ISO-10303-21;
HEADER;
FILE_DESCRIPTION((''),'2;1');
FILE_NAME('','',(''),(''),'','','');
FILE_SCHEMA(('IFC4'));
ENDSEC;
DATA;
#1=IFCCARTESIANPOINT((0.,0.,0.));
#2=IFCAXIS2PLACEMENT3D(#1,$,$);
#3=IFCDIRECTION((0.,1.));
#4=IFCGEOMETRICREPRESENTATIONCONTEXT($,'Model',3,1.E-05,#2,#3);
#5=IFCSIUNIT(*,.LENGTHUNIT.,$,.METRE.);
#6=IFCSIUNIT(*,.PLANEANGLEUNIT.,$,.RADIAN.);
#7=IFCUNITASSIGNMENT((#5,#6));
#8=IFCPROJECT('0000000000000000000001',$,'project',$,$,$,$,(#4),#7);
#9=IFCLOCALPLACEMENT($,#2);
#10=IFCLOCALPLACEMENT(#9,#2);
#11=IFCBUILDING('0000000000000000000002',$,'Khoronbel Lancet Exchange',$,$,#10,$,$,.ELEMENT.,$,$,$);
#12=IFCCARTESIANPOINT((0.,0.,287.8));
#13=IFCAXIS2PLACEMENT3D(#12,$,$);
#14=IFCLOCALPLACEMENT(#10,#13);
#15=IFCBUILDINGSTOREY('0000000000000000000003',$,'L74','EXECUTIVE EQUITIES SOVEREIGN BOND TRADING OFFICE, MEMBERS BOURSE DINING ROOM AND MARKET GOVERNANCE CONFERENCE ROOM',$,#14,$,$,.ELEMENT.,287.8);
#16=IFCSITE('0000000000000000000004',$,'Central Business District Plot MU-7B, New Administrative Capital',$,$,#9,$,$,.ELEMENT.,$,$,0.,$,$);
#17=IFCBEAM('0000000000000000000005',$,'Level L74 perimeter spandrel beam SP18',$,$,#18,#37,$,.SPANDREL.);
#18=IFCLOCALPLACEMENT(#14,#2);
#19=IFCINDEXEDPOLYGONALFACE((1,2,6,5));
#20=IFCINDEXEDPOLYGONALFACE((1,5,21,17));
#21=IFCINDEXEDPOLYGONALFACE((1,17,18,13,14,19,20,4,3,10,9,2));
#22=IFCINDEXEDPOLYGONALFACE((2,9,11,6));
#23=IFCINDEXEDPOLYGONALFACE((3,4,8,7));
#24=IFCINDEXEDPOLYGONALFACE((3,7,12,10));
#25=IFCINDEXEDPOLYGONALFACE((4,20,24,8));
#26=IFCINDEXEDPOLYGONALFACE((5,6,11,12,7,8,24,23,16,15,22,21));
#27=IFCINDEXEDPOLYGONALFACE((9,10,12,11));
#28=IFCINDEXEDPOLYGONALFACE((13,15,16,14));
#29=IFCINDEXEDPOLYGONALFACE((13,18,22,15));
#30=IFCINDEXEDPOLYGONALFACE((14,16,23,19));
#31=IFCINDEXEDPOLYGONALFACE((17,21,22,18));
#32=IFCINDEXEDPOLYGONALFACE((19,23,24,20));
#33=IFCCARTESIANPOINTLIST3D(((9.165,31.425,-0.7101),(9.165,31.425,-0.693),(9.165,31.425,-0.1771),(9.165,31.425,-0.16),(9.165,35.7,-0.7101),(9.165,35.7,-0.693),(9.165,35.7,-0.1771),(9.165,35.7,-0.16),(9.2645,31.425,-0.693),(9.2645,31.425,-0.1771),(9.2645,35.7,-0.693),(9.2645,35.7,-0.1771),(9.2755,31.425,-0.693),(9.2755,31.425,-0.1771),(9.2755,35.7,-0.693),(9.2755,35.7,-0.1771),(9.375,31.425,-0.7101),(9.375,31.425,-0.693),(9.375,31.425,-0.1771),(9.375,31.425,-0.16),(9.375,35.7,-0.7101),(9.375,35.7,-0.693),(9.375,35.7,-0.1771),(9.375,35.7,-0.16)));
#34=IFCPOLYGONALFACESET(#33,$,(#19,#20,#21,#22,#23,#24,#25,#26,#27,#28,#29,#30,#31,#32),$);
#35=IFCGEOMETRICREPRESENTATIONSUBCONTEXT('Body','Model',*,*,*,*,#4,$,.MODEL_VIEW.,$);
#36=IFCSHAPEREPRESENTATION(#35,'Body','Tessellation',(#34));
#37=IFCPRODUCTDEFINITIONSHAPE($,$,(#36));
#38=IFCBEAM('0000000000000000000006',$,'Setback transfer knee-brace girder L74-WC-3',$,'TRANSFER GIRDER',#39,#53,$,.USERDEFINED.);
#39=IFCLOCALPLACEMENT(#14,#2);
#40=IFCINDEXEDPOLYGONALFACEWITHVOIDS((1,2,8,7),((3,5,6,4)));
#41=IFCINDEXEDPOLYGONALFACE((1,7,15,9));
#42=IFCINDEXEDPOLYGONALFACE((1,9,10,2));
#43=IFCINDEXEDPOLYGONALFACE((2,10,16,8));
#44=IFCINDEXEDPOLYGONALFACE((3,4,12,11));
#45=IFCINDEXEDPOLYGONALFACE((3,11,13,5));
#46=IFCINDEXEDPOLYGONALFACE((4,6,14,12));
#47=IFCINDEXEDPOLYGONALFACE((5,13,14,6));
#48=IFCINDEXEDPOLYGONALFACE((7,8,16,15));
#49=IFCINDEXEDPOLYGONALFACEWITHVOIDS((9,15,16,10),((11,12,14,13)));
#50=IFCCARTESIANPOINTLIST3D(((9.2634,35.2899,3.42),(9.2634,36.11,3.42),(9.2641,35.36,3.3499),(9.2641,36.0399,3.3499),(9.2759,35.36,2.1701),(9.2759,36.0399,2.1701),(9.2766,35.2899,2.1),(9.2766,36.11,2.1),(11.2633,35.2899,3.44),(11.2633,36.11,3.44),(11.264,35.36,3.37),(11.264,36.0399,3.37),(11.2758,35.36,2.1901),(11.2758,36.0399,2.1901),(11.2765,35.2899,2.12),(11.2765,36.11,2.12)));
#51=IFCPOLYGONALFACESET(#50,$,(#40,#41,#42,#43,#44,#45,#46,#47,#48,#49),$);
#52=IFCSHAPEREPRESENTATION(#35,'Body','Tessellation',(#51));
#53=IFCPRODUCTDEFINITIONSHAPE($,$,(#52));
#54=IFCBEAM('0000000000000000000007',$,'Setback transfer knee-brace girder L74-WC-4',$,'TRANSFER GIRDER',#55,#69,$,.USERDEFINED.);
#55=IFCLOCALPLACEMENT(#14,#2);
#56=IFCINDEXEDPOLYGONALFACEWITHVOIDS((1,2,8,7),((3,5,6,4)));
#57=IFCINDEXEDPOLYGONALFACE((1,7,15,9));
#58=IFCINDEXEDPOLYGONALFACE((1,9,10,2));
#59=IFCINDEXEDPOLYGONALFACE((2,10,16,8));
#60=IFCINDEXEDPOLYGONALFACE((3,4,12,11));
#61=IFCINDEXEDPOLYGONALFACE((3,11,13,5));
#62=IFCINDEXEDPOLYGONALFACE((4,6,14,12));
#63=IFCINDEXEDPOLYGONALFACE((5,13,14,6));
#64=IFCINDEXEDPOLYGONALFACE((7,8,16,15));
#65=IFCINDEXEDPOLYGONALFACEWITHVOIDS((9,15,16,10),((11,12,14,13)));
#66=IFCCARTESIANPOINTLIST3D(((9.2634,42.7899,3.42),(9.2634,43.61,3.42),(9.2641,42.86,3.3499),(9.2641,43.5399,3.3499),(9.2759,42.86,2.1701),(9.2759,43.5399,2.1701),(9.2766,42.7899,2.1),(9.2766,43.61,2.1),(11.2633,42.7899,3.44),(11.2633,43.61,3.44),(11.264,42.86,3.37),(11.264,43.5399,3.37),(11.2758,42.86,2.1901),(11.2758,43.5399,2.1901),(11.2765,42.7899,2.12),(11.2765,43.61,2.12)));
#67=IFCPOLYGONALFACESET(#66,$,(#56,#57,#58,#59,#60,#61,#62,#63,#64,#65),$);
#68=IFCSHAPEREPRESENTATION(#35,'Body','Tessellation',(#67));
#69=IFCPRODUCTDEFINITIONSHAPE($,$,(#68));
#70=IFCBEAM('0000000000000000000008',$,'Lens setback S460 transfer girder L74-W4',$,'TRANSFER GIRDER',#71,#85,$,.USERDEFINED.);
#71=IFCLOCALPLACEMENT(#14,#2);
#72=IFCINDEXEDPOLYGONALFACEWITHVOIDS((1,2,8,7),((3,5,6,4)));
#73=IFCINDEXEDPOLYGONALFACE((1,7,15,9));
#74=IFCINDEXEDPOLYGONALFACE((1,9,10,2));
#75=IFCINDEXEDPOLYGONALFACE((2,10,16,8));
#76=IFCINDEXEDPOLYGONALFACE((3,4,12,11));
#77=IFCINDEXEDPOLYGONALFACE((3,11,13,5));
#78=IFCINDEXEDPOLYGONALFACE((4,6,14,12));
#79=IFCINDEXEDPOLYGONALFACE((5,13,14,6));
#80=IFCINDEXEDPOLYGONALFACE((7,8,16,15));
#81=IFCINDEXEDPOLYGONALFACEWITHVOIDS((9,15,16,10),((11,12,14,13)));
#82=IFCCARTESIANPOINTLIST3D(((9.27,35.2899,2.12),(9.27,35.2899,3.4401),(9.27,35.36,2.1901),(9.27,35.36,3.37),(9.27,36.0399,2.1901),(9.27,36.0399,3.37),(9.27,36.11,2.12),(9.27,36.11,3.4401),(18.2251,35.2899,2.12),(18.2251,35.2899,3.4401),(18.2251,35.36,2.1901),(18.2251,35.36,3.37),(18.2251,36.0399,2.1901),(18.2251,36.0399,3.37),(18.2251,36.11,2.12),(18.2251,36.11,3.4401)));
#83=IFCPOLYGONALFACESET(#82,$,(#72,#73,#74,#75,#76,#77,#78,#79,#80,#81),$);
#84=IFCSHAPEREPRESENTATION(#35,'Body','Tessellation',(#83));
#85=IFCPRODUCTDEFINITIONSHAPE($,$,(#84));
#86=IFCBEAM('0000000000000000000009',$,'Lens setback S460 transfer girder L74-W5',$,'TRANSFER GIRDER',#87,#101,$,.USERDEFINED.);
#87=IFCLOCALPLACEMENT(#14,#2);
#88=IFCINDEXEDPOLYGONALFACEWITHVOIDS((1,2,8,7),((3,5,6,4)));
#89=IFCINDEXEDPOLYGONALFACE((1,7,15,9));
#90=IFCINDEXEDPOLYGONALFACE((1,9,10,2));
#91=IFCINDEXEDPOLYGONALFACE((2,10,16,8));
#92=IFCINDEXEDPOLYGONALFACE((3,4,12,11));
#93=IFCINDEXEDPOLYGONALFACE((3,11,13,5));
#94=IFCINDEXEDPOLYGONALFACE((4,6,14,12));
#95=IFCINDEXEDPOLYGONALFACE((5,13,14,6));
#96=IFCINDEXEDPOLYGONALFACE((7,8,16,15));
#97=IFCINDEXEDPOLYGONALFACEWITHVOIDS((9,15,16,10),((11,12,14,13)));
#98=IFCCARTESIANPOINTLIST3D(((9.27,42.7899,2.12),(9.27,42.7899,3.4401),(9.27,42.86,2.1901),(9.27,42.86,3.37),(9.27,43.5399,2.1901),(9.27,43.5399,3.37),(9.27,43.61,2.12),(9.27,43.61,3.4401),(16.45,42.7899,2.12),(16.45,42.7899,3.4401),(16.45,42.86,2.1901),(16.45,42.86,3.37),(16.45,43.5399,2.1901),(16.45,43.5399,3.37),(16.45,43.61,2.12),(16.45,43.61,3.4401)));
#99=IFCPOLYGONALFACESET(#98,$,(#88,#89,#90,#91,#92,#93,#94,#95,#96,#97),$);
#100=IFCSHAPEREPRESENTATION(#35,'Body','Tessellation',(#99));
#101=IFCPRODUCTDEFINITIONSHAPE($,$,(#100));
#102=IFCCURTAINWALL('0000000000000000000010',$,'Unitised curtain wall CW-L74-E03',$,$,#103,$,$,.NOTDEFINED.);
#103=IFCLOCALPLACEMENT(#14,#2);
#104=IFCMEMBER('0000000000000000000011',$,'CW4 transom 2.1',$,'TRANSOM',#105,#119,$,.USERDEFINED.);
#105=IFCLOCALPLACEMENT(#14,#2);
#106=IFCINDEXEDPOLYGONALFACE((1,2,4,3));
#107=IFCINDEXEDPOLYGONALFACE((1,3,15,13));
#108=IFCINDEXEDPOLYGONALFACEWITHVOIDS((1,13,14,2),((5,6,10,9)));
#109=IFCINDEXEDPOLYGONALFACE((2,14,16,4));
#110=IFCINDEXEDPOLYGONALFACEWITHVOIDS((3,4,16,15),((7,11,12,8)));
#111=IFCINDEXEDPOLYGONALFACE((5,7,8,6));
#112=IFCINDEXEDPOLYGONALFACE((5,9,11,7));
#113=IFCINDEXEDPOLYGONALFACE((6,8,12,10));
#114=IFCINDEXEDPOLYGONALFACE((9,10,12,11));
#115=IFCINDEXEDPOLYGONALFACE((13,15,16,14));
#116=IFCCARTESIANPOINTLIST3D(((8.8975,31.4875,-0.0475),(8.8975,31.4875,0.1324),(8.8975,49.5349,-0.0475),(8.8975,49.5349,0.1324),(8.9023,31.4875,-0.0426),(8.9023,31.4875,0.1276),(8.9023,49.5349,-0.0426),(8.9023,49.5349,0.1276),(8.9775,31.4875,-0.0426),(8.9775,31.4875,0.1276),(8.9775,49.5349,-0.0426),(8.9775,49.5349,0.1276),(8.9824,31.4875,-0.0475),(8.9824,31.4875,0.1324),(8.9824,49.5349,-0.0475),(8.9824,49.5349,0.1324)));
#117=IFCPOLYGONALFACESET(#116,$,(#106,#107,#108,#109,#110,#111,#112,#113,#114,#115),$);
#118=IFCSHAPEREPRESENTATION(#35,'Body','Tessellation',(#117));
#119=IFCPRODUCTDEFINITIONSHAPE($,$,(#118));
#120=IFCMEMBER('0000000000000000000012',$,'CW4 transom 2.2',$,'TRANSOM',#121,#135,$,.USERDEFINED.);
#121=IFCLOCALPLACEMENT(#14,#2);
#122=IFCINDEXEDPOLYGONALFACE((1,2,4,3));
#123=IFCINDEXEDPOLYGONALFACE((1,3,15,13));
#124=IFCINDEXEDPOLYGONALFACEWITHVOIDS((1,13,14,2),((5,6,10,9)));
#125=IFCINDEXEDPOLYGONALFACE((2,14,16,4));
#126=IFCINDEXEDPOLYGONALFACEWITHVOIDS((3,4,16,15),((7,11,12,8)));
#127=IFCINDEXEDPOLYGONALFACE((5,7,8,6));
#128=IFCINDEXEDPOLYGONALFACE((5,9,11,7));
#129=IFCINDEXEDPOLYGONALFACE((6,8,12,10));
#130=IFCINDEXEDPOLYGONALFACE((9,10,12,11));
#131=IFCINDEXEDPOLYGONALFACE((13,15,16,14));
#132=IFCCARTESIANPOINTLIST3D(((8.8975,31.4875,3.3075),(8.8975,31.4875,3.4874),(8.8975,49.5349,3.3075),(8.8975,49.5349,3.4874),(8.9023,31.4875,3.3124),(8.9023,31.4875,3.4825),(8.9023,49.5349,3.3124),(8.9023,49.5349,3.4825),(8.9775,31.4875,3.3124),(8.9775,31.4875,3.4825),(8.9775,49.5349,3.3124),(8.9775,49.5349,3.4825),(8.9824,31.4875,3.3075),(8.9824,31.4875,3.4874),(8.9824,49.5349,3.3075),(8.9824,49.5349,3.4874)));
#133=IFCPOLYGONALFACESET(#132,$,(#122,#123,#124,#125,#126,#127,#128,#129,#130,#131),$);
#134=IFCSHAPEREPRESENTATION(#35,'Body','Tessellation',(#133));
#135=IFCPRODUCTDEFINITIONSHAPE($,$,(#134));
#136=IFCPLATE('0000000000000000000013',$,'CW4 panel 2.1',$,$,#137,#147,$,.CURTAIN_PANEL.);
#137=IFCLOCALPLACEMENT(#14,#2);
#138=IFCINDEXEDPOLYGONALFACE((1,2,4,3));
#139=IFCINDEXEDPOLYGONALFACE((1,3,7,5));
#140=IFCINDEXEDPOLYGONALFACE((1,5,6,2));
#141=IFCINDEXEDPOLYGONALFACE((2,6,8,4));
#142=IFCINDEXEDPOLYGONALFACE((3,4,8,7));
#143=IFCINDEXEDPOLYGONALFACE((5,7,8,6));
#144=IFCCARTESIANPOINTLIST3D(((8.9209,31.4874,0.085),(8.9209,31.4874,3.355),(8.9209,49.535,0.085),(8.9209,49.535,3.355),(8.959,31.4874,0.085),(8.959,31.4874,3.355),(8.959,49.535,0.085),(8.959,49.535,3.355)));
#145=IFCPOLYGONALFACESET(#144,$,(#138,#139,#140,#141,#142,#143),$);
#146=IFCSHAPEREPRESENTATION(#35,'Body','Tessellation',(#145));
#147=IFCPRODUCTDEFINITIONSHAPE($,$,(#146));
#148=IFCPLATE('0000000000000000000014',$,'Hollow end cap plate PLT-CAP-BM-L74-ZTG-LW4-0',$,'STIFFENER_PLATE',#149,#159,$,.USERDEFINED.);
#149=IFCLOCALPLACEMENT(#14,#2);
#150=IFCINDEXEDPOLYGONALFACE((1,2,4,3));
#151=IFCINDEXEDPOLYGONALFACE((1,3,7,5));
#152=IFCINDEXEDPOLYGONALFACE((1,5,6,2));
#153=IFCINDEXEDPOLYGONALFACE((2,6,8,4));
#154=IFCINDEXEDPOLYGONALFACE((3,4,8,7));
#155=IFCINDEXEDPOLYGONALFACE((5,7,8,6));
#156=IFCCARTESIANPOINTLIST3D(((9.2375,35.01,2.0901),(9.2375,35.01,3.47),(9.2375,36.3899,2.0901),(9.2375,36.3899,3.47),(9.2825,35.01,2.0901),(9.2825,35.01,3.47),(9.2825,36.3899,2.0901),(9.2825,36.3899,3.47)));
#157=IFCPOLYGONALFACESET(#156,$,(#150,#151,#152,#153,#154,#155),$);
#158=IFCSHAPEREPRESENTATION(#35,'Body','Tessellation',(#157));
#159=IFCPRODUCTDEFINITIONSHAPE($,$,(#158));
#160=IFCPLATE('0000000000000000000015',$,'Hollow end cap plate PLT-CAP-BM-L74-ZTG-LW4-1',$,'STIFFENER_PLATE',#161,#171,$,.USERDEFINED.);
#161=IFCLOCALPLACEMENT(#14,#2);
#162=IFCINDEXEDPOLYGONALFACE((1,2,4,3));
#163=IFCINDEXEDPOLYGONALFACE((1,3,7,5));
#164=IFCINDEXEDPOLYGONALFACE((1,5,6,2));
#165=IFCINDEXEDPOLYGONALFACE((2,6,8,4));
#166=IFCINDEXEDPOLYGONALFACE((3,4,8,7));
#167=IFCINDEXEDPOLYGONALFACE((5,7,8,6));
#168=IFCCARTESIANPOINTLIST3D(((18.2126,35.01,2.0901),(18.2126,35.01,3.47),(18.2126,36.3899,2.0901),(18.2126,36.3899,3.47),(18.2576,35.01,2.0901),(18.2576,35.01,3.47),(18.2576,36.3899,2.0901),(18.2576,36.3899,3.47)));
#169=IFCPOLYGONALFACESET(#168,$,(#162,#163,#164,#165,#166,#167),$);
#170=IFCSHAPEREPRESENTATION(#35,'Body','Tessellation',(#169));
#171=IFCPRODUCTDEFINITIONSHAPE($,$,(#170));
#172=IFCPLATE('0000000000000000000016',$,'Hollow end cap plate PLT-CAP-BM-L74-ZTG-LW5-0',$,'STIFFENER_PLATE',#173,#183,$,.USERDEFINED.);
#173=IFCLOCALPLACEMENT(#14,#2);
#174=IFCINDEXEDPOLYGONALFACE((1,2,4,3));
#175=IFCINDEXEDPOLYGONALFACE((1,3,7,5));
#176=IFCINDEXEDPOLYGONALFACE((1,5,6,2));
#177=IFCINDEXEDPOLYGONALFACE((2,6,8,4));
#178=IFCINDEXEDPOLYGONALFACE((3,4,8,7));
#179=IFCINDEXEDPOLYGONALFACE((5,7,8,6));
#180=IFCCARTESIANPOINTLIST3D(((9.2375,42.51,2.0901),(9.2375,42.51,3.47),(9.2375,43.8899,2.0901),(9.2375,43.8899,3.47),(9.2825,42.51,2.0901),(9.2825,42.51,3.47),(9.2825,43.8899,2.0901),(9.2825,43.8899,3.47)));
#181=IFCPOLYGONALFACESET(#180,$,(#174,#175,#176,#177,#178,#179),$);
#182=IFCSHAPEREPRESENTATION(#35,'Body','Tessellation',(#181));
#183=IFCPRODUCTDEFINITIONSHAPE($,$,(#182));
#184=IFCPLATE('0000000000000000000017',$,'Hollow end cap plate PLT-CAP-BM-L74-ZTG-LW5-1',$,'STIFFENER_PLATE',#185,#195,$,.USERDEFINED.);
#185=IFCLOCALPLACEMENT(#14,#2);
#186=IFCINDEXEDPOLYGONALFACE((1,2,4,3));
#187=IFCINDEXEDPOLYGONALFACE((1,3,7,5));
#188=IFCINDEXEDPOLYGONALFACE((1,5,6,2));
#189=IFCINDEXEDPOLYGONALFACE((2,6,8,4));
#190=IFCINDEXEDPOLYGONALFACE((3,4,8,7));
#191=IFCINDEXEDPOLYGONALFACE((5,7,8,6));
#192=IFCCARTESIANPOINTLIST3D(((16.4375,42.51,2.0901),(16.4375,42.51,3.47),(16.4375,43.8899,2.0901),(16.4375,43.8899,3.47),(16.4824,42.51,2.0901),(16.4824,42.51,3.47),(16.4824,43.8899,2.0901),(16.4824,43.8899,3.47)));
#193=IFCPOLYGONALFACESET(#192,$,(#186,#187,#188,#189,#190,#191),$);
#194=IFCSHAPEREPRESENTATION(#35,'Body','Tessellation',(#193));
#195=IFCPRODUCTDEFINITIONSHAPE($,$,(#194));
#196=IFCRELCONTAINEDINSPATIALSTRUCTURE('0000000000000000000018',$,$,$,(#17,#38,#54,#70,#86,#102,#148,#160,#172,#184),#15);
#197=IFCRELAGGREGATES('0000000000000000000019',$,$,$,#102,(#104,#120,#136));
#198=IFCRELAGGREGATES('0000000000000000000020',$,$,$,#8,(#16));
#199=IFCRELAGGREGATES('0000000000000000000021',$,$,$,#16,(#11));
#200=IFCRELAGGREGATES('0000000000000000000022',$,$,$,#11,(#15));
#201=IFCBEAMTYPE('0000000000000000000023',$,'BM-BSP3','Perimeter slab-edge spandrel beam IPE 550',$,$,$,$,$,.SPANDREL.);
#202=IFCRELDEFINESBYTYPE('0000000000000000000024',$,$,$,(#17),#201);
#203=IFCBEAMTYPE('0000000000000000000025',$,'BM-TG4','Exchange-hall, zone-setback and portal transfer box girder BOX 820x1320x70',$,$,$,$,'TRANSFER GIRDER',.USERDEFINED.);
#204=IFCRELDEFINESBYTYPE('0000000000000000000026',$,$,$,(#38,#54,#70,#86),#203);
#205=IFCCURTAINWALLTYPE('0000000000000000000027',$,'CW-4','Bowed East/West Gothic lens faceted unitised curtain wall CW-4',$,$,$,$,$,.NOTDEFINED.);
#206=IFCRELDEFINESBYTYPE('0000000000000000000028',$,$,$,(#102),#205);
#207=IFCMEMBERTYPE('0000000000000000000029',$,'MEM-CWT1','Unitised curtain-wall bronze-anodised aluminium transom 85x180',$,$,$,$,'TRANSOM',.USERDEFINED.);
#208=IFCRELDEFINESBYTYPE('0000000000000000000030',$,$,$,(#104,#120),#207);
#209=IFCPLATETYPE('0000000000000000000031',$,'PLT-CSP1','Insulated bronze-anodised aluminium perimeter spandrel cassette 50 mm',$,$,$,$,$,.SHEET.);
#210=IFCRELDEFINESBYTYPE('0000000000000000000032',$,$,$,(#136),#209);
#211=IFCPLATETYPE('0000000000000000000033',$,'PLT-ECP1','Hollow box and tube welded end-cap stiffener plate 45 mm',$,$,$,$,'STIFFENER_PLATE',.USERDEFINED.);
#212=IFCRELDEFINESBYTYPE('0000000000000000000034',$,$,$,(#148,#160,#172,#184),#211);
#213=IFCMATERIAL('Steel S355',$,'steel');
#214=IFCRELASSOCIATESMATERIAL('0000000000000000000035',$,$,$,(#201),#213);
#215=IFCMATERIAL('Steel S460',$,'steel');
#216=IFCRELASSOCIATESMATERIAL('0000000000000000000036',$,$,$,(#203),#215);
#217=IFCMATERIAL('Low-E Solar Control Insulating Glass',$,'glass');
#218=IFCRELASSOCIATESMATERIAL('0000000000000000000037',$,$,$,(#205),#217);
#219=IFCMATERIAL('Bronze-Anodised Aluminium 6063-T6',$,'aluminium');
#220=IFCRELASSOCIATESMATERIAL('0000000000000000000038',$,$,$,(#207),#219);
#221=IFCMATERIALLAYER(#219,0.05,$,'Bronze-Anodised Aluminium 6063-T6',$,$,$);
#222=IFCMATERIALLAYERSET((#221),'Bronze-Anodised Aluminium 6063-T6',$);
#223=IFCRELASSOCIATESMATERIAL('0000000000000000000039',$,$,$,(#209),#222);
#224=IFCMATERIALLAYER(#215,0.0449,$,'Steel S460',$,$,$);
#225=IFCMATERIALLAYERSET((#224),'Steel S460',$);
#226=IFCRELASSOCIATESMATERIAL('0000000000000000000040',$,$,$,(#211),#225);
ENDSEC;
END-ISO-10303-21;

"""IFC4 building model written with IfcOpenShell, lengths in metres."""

from ifc_helpers import new_model, si_unit, direction, frame, origin, origin_2d, place, context, subcontext, project, spatial, rectangle, hollow_rectangle, i_section, extrude, material, layer, layer_set, material_profile, profile_set, type_object, element, aggregate, save


model = new_model("IFC4")

# Units and contexts
model_context = context("Model", 3, precision=1e-05, world=origin(), true_north=direction((0.0, 1.0)))
body_context = subcontext(model_context, "Body", "Model", "MODEL_VIEW")
ifc_project = project(units=[si_unit("LENGTHUNIT", "METRE"), si_unit("PLANEANGLEUNIT", "RADIAN")], contexts=[model_context])

# Site, building, storey
site_placement = place(None, origin())
site = spatial("IfcSite", under=ifc_project, at=site_placement, Name="Central Business District Plot MU-7B, New Administrative Capital", CompositionType="ELEMENT", RefElevation=0.0)
building_placement = place(site_placement, origin())
building = spatial("IfcBuilding", under=site, at=building_placement, Name="Khoronbel Lancet Exchange", CompositionType="ELEMENT")
storey_placement = place(building_placement, frame((0.0, 0.0, 287.8)))
storey = spatial("IfcBuildingStorey", under=building, at=storey_placement, Name="L74", Description="EXECUTIVE EQUITIES SOVEREIGN BOND TRADING OFFICE, MEMBERS BOURSE DINING ROOM AND MARKET GOVERNANCE CONFERENCE ROOM", CompositionType="ELEMENT", Elevation=287.8)

# Shared definitions
ifc_material_1 = material(Name="Steel S355", Category="steel")

# Beams
ifc_material_profile_1 = material_profile(ifc_material_1, i_section(OverallWidth=0.21, OverallDepth=0.55, WebThickness=0.011, FlangeThickness=0.0171, at=origin_2d()), Name="IPE 550")
ifc_profile_set_1 = profile_set([ifc_material_profile_1], Name="Steel S355")
beam_type_1 = type_object("IfcBeamType", Name="BM-BSP3", Description="Perimeter slab-edge spandrel beam IPE 550", PredefinedType="SPANDREL", material=ifc_profile_set_1)
beam_1_placement = place(storey_placement, frame((9.27, 35.7, -0.4351), z_axis=(0.0, -1.0, 0.0), x_axis=(1.0, 0.0, 0.0)))
element("IfcBeam", 1, at=beam_1_placement, inside=storey, type_object=beam_type_1, Name="Level L74 perimeter spandrel beam SP18", PredefinedType="SPANDREL", context=body_context, shape_type="SweptSolid", body=[
    extrude(i_section(OverallWidth=0.21, OverallDepth=0.55, WebThickness=0.011, FlangeThickness=0.0171, at=origin_2d()), origin(), (0.0, 0.0, 1.0), 4.2749),
])
ifc_material_2 = material(Name="Steel S460", Category="steel")
ifc_material_profile_2 = material_profile(ifc_material_2, hollow_rectangle(XDim=0.8201, YDim=1.3201, WallThickness=0.0701, at=origin_2d()), Name="BOX 820x1320x70")
ifc_profile_set_2 = profile_set([ifc_material_profile_2], Name="Steel S460")
beam_type_2 = type_object("IfcBeamType", Name="BM-TG4", Description="Exchange-hall, zone-setback and portal transfer box girder BOX 820x1320x70", ElementType="TRANSFER GIRDER", PredefinedType="USERDEFINED", material=ifc_profile_set_2)
for number, where, z_axis, x_axis, name in (
    (2, (9.27, 35.7, 2.76), (0.99995, 0.0, 0.010009), (0.0, 1.0, 0.0), "Setback transfer knee-brace girder L74-WC-3"),
    (3, (9.27, 43.2, 2.76), (0.99995, 0.0, 0.010009), (0.0, 1.0, 0.0), "Setback transfer knee-brace girder L74-WC-4"),
):
    element("IfcBeam", number, at=place(storey_placement, frame(where, z_axis=z_axis, x_axis=x_axis)), inside=storey, type_object=beam_type_2, Name=name, ObjectType="TRANSFER GIRDER", PredefinedType="USERDEFINED", context=body_context, shape_type="SweptSolid", body=[
        extrude(hollow_rectangle(XDim=0.8201, YDim=1.3201, WallThickness=0.0701, at=origin_2d()), origin(), (0.0, 0.0, 1.0), 2.0),
    ])
beam_2_placement = place(storey_placement, frame((9.27, 35.7, 2.78), z_axis=(1.0, 0.0, 0.0), x_axis=(0.0, 1.0, 0.0)))
element("IfcBeam", 4, at=beam_2_placement, inside=storey, type_object=beam_type_2, Name="Lens setback S460 transfer girder L74-W4", ObjectType="TRANSFER GIRDER", PredefinedType="USERDEFINED", context=body_context, shape_type="SweptSolid", body=[
    extrude(hollow_rectangle(XDim=0.8201, YDim=1.3201, WallThickness=0.0701, at=origin_2d()), origin(), (0.0, 0.0, 1.0), 8.9551),
])
beam_3_placement = place(storey_placement, frame((9.27, 43.2, 2.78), z_axis=(1.0, 0.0, 0.0), x_axis=(0.0, 1.0, 0.0)))
element("IfcBeam", 5, at=beam_3_placement, inside=storey, type_object=beam_type_2, Name="Lens setback S460 transfer girder L74-W5", ObjectType="TRANSFER GIRDER", PredefinedType="USERDEFINED", context=body_context, shape_type="SweptSolid", body=[
    extrude(hollow_rectangle(XDim=0.8201, YDim=1.3201, WallThickness=0.0701, at=origin_2d()), origin(), (0.0, 0.0, 1.0), 7.1799),
])

# Curtain wall, members, plate
ifc_material_3 = material(Name="Low-E Solar Control Insulating Glass", Category="glass")
curtain_wall_type = type_object("IfcCurtainWallType", Name="CW-4", Description="Bowed East/West Gothic lens faceted unitised curtain wall CW-4", PredefinedType="NOTDEFINED", material=ifc_material_3)
curtain_wall_placement = place(storey_placement, origin())
curtain_wall = element("IfcCurtainWall", 6, at=curtain_wall_placement, inside=storey, type_object=curtain_wall_type, Name="Unitised curtain wall CW-L74-E03", PredefinedType="NOTDEFINED")
ifc_material_4 = material(Name="Bronze-Anodised Aluminium 6063-T6", Category="aluminium")
ifc_material_profile_3 = material_profile(ifc_material_4, hollow_rectangle(XDim=0.085, YDim=0.1799, WallThickness=0.0049, at=origin_2d()), Name="ALU TRANSOM 85x180")
ifc_profile_set_3 = profile_set([ifc_material_profile_3], Name="Bronze-Anodised Aluminium 6063-T6")
member_type = type_object("IfcMemberType", Name="MEM-CWT1", Description="Unitised curtain-wall bronze-anodised aluminium transom 85x180", ElementType="TRANSOM", PredefinedType="USERDEFINED", material=ifc_profile_set_3)
member_1_placement = place(storey_placement, frame((8.9399, 31.4875, 0.0425), z_axis=(0.0, 1.0, 0.0), x_axis=(-1.0, 0.0, 0.0)))
member_1 = element("IfcMember", 7, at=member_1_placement, type_object=member_type, Name="CW4 transom 2.1", ObjectType="TRANSOM", PredefinedType="USERDEFINED", context=body_context, shape_type="SweptSolid", body=[
    extrude(hollow_rectangle(XDim=0.085, YDim=0.1799, WallThickness=0.0049, at=origin_2d()), origin(), (0.0, 0.0, 1.0), 18.0474),
])
member_2_placement = place(storey_placement, frame((8.9399, 31.4875, 3.3975), z_axis=(0.0, 1.0, 0.0), x_axis=(-1.0, 0.0, 0.0)))
member_2 = element("IfcMember", 8, at=member_2_placement, type_object=member_type, Name="CW4 transom 2.2", ObjectType="TRANSOM", PredefinedType="USERDEFINED", context=body_context, shape_type="SweptSolid", body=[
    extrude(hollow_rectangle(XDim=0.085, YDim=0.1799, WallThickness=0.0049, at=origin_2d()), origin(), (0.0, 0.0, 1.0), 18.0474),
])
ifc_layer_1 = layer(ifc_material_4, 0.05, Name="Bronze-Anodised Aluminium 6063-T6")
ifc_layer_set_1 = layer_set([ifc_layer_1], Name="Bronze-Anodised Aluminium 6063-T6")
plate_type_1 = type_object("IfcPlateType", Name="PLT-CSP1", Description="Insulated bronze-anodised aluminium perimeter spandrel cassette 50 mm", PredefinedType="SHEET", material=ifc_layer_set_1)
plate_placement = place(storey_placement, frame((8.9399, 40.5112, 0.085), z_axis=(0.0, 0.0, 1.0), x_axis=(0.0, 1.0, 0.0)))
plate = element("IfcPlate", 9, at=plate_placement, type_object=plate_type_1, Name="CW4 panel 2.1", PredefinedType="CURTAIN_PANEL", context=body_context, shape_type="SweptSolid", body=[
    extrude(rectangle(XDim=18.0476, YDim=0.0381, at=origin_2d()), origin(), (0.0, 0.0, 1.0), 3.27),
])
aggregate(curtain_wall, [member_1, member_2, plate])

# Plates
ifc_layer_2 = layer(ifc_material_2, 0.0449, Name="Steel S460")
ifc_layer_set_2 = layer_set([ifc_layer_2], Name="Steel S460")
plate_type_2 = type_object("IfcPlateType", Name="PLT-ECP1", Description="Hollow box and tube welded end-cap stiffener plate 45 mm", ElementType="STIFFENER_PLATE", PredefinedType="USERDEFINED", material=ifc_layer_set_2)
for number, where, z_axis, x_axis, name in (
    (10, (9.26, 35.7, 2.0901), (0.0, 0.0, 1.0), (-1.0, 0.0, 0.0), "Hollow end cap plate PLT-CAP-BM-L74-ZTG-LW4-0"),
    (11, (18.2351, 35.7, 2.0901), (0.0, 0.0, 1.0), (1.0, 0.0, 0.0), "Hollow end cap plate PLT-CAP-BM-L74-ZTG-LW4-1"),
    (12, (9.26, 43.2, 2.0901), (0.0, 0.0, 1.0), (-1.0, 0.0, 0.0), "Hollow end cap plate PLT-CAP-BM-L74-ZTG-LW5-0"),
    (13, (16.46, 43.2, 2.0901), (0.0, 0.0, 1.0), (1.0, 0.0, 0.0), "Hollow end cap plate PLT-CAP-BM-L74-ZTG-LW5-1"),
):
    element("IfcPlate", number, at=place(storey_placement, frame(where, z_axis=z_axis, x_axis=x_axis)), inside=storey, type_object=plate_type_2, Name=name, ObjectType="STIFFENER_PLATE", PredefinedType="USERDEFINED", context=body_context, shape_type="SweptSolid", body=[
        extrude(rectangle(XDim=0.0449, YDim=1.3799, at=origin_2d()), origin(), (0.0, 0.0, 1.0), 1.3799),
    ])

save(model, "model.ifc")
